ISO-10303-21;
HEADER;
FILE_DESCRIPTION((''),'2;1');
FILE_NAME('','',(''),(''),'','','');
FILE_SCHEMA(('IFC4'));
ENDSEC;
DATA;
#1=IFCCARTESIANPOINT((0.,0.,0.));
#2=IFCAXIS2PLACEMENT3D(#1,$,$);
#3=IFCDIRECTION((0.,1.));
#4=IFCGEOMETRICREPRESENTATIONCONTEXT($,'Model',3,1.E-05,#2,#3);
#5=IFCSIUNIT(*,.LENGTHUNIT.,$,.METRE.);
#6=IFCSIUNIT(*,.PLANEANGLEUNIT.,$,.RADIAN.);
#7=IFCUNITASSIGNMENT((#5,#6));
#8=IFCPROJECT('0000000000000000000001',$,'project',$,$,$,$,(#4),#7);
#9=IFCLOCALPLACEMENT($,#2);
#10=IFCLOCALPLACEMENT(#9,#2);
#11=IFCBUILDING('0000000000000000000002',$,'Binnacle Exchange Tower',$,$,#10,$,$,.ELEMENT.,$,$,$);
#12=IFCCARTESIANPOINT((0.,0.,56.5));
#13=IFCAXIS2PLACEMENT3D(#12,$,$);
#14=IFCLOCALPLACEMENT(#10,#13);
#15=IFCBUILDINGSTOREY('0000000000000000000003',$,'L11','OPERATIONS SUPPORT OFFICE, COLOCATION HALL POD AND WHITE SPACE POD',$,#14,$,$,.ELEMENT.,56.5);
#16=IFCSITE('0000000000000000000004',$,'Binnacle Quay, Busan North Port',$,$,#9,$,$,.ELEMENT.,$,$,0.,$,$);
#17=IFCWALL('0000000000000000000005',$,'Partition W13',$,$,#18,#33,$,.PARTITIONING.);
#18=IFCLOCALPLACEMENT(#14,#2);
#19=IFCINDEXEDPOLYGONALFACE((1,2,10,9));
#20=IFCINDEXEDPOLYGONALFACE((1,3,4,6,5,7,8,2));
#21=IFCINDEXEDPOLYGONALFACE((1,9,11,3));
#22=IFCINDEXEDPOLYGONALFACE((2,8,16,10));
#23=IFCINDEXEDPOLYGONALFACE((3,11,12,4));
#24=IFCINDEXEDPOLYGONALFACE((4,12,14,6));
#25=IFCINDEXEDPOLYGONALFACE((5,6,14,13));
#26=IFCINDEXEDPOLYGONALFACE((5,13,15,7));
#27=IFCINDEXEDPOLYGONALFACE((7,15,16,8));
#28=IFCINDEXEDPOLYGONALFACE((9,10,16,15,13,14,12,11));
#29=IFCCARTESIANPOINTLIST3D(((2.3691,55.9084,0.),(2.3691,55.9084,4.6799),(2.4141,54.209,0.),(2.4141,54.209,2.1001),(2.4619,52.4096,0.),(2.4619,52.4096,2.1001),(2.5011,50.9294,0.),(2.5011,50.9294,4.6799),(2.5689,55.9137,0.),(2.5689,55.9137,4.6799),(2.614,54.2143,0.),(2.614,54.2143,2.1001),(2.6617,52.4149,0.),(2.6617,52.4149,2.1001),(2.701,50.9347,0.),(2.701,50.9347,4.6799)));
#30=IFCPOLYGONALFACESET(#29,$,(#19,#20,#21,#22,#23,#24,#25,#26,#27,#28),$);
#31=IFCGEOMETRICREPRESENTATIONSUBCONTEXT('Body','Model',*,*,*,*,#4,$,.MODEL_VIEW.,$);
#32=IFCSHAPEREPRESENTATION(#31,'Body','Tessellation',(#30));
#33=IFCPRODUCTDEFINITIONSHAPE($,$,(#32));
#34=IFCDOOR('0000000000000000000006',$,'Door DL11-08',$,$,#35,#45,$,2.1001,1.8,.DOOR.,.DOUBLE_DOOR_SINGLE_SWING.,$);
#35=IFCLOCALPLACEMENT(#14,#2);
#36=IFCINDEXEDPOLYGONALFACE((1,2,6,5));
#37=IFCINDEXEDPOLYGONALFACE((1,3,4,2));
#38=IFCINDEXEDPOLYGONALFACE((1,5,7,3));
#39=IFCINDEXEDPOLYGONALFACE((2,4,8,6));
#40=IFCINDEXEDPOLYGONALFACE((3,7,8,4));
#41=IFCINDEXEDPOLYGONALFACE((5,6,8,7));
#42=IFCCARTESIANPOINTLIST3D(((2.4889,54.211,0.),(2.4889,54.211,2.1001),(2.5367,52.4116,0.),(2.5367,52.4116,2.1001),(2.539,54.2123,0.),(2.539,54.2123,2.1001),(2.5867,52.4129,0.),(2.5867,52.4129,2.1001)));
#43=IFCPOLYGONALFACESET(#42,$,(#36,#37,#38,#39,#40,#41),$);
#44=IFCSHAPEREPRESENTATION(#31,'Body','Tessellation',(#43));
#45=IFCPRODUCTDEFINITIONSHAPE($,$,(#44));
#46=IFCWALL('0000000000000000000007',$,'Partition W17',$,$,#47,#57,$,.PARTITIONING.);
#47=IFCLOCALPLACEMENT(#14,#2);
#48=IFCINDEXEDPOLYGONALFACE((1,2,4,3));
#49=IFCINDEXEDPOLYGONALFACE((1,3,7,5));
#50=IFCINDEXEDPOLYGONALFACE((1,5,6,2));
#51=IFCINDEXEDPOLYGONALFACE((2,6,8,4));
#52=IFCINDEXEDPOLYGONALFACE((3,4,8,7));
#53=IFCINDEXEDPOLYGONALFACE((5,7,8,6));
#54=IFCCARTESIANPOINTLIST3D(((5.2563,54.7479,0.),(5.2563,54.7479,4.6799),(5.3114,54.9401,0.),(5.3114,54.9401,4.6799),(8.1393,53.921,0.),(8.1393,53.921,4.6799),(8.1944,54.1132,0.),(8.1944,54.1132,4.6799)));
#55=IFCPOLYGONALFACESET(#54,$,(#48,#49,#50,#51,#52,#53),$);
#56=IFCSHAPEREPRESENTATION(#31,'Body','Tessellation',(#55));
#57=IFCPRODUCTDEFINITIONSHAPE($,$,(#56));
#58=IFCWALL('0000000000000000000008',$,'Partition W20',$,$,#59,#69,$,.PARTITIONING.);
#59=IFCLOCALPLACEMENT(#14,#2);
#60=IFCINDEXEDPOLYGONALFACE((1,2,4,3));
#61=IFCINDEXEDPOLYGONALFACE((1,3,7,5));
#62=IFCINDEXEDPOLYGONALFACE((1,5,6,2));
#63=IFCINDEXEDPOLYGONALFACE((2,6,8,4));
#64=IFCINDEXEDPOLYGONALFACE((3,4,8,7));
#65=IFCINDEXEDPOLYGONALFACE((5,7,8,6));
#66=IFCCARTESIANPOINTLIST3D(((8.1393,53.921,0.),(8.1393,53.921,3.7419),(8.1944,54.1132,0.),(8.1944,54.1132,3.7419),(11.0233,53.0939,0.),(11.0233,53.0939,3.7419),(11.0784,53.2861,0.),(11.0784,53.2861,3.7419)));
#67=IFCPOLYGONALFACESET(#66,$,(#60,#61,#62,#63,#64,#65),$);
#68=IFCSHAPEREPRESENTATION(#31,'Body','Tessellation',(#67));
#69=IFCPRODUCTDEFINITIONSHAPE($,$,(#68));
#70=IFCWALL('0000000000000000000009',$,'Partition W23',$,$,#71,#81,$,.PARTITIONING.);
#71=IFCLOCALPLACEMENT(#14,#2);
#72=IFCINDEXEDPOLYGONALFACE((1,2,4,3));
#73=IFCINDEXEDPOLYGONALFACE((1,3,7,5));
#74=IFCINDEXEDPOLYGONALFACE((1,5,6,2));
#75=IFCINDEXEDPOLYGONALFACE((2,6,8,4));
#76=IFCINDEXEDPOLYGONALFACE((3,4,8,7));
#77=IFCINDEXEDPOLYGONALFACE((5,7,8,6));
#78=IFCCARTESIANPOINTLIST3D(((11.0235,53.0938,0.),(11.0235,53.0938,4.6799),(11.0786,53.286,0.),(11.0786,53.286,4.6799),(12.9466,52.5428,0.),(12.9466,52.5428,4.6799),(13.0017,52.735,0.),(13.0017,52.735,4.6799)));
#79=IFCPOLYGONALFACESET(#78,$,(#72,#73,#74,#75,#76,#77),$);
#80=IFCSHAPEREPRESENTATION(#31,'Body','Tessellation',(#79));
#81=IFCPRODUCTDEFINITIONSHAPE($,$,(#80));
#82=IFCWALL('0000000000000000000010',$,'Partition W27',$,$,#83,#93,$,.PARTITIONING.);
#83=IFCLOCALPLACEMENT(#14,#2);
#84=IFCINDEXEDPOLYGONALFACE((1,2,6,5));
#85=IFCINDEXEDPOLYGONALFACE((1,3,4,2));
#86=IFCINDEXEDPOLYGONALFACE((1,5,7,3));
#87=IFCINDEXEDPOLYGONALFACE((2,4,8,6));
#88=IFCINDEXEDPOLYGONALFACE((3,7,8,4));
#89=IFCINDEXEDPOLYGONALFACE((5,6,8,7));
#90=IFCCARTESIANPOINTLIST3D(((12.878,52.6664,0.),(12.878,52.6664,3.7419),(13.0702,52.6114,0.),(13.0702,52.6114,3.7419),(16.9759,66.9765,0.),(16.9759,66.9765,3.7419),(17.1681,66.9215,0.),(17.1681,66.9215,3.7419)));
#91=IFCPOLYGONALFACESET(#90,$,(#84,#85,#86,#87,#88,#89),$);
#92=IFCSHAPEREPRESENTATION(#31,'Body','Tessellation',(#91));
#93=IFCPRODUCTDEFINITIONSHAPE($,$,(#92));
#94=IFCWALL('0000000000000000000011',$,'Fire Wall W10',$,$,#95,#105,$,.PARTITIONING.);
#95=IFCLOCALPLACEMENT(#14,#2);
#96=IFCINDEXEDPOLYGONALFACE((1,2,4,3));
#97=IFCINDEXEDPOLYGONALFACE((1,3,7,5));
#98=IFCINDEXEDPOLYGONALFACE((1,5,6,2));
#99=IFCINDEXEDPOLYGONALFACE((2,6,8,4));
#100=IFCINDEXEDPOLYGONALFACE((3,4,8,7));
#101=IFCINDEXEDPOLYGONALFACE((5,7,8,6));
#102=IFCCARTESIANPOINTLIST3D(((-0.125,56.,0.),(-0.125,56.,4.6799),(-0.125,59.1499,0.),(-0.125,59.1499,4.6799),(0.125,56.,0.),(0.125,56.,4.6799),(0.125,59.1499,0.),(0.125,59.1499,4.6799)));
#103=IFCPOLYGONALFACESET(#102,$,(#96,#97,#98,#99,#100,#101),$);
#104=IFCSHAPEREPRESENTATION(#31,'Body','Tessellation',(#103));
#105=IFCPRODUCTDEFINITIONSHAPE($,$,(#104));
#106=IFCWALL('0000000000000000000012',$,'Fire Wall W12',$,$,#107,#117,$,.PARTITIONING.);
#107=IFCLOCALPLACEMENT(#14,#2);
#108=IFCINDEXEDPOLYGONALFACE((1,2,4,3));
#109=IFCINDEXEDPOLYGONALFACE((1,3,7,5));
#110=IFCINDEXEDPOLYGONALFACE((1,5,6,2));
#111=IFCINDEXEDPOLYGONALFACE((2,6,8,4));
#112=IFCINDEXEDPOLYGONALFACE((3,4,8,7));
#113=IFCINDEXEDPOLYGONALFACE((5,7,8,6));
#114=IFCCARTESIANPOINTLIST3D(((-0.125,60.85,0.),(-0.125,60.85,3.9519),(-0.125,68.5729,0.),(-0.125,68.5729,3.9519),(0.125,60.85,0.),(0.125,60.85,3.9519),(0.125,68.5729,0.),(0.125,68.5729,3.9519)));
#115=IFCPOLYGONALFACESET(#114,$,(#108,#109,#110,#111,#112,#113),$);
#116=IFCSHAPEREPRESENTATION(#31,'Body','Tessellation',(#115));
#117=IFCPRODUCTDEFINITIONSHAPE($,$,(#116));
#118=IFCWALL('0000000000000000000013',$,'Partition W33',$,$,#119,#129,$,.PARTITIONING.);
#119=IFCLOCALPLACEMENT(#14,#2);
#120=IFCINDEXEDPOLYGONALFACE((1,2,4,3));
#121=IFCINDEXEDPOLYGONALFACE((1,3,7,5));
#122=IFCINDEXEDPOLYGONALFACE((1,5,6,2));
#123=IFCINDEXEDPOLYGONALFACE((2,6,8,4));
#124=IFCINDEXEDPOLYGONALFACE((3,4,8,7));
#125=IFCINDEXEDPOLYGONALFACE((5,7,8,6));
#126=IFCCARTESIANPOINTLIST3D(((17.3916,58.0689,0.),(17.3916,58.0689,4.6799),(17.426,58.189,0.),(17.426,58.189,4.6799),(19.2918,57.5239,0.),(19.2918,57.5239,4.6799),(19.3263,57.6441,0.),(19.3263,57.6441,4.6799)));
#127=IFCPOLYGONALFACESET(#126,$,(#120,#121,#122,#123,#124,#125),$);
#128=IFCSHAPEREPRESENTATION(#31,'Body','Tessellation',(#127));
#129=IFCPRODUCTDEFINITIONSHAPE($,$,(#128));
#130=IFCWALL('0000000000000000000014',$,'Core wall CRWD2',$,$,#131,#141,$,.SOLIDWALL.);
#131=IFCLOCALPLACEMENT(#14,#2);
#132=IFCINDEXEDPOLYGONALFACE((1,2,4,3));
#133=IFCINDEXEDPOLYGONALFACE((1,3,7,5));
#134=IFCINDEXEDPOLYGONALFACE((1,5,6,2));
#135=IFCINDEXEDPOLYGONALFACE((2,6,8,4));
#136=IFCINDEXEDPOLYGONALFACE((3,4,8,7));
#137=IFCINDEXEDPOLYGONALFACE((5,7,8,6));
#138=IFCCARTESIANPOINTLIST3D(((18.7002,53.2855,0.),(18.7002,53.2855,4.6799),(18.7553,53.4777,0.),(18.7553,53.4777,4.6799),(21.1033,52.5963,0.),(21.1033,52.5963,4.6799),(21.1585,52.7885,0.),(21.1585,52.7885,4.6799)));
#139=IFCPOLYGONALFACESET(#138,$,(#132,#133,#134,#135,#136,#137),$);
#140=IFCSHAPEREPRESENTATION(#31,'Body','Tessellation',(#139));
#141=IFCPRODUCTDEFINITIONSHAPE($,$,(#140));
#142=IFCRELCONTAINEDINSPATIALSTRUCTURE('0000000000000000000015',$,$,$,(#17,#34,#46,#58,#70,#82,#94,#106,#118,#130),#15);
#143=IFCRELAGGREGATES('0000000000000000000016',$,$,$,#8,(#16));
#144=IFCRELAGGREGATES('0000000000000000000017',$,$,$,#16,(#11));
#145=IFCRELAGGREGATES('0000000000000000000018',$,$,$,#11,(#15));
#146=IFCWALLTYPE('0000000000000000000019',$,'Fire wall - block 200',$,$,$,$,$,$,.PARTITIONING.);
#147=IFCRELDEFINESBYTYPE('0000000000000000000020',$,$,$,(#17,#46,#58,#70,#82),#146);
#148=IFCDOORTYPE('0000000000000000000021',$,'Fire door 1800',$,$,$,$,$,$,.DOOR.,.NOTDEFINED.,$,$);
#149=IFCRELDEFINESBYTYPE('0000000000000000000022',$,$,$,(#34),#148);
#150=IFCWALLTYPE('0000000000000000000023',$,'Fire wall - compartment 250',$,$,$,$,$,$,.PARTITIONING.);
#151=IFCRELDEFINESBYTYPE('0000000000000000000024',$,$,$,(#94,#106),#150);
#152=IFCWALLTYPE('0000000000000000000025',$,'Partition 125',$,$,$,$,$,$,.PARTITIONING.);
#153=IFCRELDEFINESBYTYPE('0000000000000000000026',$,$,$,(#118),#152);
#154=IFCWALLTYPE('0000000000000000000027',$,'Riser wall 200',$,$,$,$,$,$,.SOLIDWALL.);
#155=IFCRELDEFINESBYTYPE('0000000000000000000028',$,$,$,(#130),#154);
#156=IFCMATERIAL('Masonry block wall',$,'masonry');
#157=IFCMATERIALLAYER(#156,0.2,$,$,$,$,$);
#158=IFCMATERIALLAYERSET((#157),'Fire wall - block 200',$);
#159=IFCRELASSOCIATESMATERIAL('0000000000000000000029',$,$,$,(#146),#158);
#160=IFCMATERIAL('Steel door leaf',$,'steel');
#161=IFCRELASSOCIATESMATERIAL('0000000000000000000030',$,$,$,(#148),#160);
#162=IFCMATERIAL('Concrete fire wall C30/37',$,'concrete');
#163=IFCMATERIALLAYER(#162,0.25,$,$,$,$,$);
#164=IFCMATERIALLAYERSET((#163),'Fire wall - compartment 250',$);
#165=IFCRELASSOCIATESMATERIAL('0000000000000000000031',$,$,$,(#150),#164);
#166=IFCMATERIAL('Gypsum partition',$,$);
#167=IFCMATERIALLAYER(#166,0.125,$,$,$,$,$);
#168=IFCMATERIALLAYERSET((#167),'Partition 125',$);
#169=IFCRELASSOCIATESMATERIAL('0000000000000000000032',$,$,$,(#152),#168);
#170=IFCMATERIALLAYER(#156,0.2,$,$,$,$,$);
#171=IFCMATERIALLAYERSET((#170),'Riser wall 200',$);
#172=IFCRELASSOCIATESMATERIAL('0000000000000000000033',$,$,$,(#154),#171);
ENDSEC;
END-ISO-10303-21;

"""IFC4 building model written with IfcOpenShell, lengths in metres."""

from ifc_helpers import new_model, si_unit, direction, frame, frame_2d, origin, place, context, subcontext, project, spatial, rectangle, extrude, material, layer, layer_set, type_object, element, fill, save


model = new_model("IFC4")

# Units and contexts
model_context = context("Model", 3, precision=1e-05, world=origin(), true_north=direction((0.0, 1.0)))
body_context = subcontext(model_context, "Body", "Model", "MODEL_VIEW")
ifc_project = project(units=[si_unit("LENGTHUNIT", "METRE"), si_unit("PLANEANGLEUNIT", "RADIAN")], contexts=[model_context])

# Site, building, storey
site_placement = place(None, origin())
site = spatial("IfcSite", under=ifc_project, at=site_placement, Name="Binnacle Quay, Busan North Port", CompositionType="ELEMENT", RefElevation=0.0)
building_placement = place(site_placement, origin())
building = spatial("IfcBuilding", under=site, at=building_placement, Name="Binnacle Exchange Tower", CompositionType="ELEMENT")
storey_placement = place(building_placement, frame((0.0, 0.0, 56.5)))
storey = spatial("IfcBuildingStorey", under=building, at=storey_placement, Name="L11", Description="OPERATIONS SUPPORT OFFICE, COLOCATION HALL POD AND WHITE SPACE POD", CompositionType="ELEMENT", Elevation=56.5)

# Shared definitions
ifc_material_1 = material(Name="Masonry block wall", Category="masonry")
ifc_layer_1 = layer(ifc_material_1, 0.2)
ifc_layer_set_1 = layer_set([ifc_layer_1], Name="Fire wall - block 200")
wall_type_1 = type_object("IfcWallType", Name="Fire wall - block 200", PredefinedType="PARTITIONING", material=ifc_layer_set_1)

# Wall, opening, door
wall_1_placement = place(storey_placement, frame((2.469, 55.9109, 0.0), z_axis=(0.0, 0.0, 1.0), x_axis=(0.026518, -0.999648, 0.0)))
wall_1 = element("IfcWall", 1, at=wall_1_placement, inside=storey, type_object=wall_type_1, Name="Partition W13", PredefinedType="PARTITIONING", context=body_context, shape_type="SweptSolid", body=[
    extrude(rectangle(XDim=4.9807, YDim=0.2, at=frame_2d((2.4902, 0.0))), origin(), (0.0, 0.0, 1.0), 4.6799),
])
opening_1_placement = place(wall_1_placement, frame((1.7, 0.0, 0.0)))
opening_1 = element("IfcOpeningElement", 2, at=opening_1_placement, cuts=wall_1, PredefinedType="OPENING", context=body_context, shape_type="SweptSolid", body=[
    extrude(rectangle(XDim=1.8, YDim=2.1001, at=frame_2d((0.8999, 1.05))), frame((0.0, 0.1099, 0.0), z_axis=(0.0, -1.0, 0.0), x_axis=(1.0, 0.0, 0.0)), (0.0, 0.0, 1.0), 0.22),
])
ifc_material_2 = material(Name="Steel door leaf", Category="steel")
door_type = type_object("IfcDoorType", Name="Fire door 1800", OperationType="NOTDEFINED", PredefinedType="DOOR", material=ifc_material_2)
door_placement = place(opening_1_placement, origin())
door = element("IfcDoor", 3, at=door_placement, inside=storey, type_object=door_type, Name="Door DL11-08", OperationType="DOUBLE_DOOR_SINGLE_SWING", OverallHeight=2.1001, OverallWidth=1.8, PredefinedType="DOOR", context=body_context, shape_type="SweptSolid", body=[
    extrude(rectangle(XDim=1.8, YDim=2.1001, at=frame_2d((0.8999, 1.05))), frame((0.0, 0.0249, 0.0), z_axis=(0.0, -1.0, 0.0), x_axis=(1.0, 0.0, 0.0)), (0.0, 0.0, 1.0), 0.05),
])
fill(opening_1, door)

# Walls
wall_2_placement = place(storey_placement, frame((5.2839, 54.844, 0.0), z_axis=(0.0, 0.0, 1.0), x_axis=(0.961244, -0.275699, 0.0)))
element("IfcWall", 4, at=wall_2_placement, inside=storey, type_object=wall_type_1, Name="Partition W17", PredefinedType="PARTITIONING", context=body_context, shape_type="SweptSolid", body=[
    extrude(rectangle(XDim=2.9993, YDim=0.2, at=frame_2d((1.4995, 0.0))), origin(), (0.0, 0.0, 1.0), 4.6799),
])
wall_3_placement = place(storey_placement, frame((8.167, 54.0171, 0.0), z_axis=(0.0, 0.0, 1.0), x_axis=(0.961247, -0.275688, 0.0)))
element("IfcWall", 5, at=wall_3_placement, inside=storey, type_object=wall_type_1, Name="Partition W20", PredefinedType="PARTITIONING", context=body_context, shape_type="SweptSolid", body=[
    extrude(rectangle(XDim=3.0002, YDim=0.2, at=frame_2d((1.5, 0.0))), origin(), (0.0, 0.0, 1.0), 3.7419),
])
wall_4_placement = place(storey_placement, frame((11.051, 53.1899, 0.0), z_axis=(0.0, 0.0, 1.0), x_axis=(0.961316, -0.275446, 0.0)))
element("IfcWall", 6, at=wall_4_placement, inside=storey, type_object=wall_type_1, Name="Partition W23", PredefinedType="PARTITIONING", context=body_context, shape_type="SweptSolid", body=[
    extrude(rectangle(XDim=2.0005, YDim=0.2, at=frame_2d((1.0002, 0.0))), origin(), (0.0, 0.0, 1.0), 4.6799),
])
wall_5_placement = place(storey_placement, frame((12.9741, 52.6389, 0.0), z_axis=(0.0, 0.0, 1.0), x_axis=(0.275299, 0.961359, 0.0)))
element("IfcWall", 7, at=wall_5_placement, inside=storey, type_object=wall_type_1, Name="Partition W27", PredefinedType="PARTITIONING", context=body_context, shape_type="SweptSolid", body=[
    extrude(rectangle(XDim=14.8853, YDim=0.2, at=frame_2d((7.4426, 0.0))), origin(), (0.0, 0.0, 1.0), 3.7419),
])
ifc_material_3 = material(Name="Concrete fire wall C30/37", Category="concrete")
ifc_layer_2 = layer(ifc_material_3, 0.25)
ifc_layer_set_2 = layer_set([ifc_layer_2], Name="Fire wall - compartment 250")
wall_type_2 = type_object("IfcWallType", Name="Fire wall - compartment 250", PredefinedType="PARTITIONING", material=ifc_layer_set_2)
wall_6_placement = place(storey_placement, frame((0.0, 56.0, 0.0), z_axis=(0.0, 0.0, 1.0), x_axis=(0.0, 1.0, 0.0)))
element("IfcWall", 8, at=wall_6_placement, inside=storey, type_object=wall_type_2, Name="Fire Wall W10", PredefinedType="PARTITIONING", context=body_context, shape_type="SweptSolid", body=[
    extrude(rectangle(XDim=3.1499, YDim=0.25, at=frame_2d((1.575, 0.0))), origin(), (0.0, 0.0, 1.0), 4.6799),
])
wall_7_placement = place(storey_placement, frame((0.0, 60.8501, 0.0), z_axis=(0.0, 0.0, 1.0), x_axis=(0.0, 1.0, 0.0)))
element("IfcWall", 9, at=wall_7_placement, inside=storey, type_object=wall_type_2, Name="Fire Wall W12", PredefinedType="PARTITIONING", context=body_context, shape_type="SweptSolid", body=[
    extrude(rectangle(XDim=7.7229, YDim=0.25, at=frame_2d((3.8613, 0.0))), origin(), (0.0, 0.0, 1.0), 3.9519),
])
ifc_material_4 = material(Name="Gypsum partition")
ifc_layer_3 = layer(ifc_material_4, 0.125)
ifc_layer_set_3 = layer_set([ifc_layer_3], Name="Partition 125")
wall_type_3 = type_object("IfcWallType", Name="Partition 125", PredefinedType="PARTITIONING", material=ifc_layer_set_3)
wall_8_placement = place(storey_placement, frame((17.4089, 58.1289, 0.0), z_axis=(0.0, 0.0, 1.0), x_axis=(0.961253, -0.275667, 0.0)))
element("IfcWall", 10, at=wall_8_placement, inside=storey, type_object=wall_type_3, Name="Partition W33", PredefinedType="PARTITIONING", context=body_context, shape_type="SweptSolid", body=[
    extrude(rectangle(XDim=1.9768, YDim=0.125, at=frame_2d((0.9883, 0.0))), origin(), (0.0, 0.0, 1.0), 4.6799),
])
ifc_layer_4 = layer(ifc_material_1, 0.2)
ifc_layer_set_4 = layer_set([ifc_layer_4], Name="Riser wall 200")
wall_type_4 = type_object("IfcWallType", Name="Riser wall 200", PredefinedType="SOLIDWALL", material=ifc_layer_set_4)
wall_9_placement = place(storey_placement, frame((18.7278, 53.3816, 0.0), z_axis=(0.0, 0.0, 1.0), x_axis=(0.961247, -0.275688, 0.0)))
element("IfcWall", 11, at=wall_9_placement, inside=storey, type_object=wall_type_4, Name="Core wall CRWD2", PredefinedType="SOLIDWALL", context=body_context, shape_type="SweptSolid", body=[
    extrude(rectangle(XDim=2.5, YDim=0.2, at=frame_2d((1.25, 0.0))), origin(), (0.0, 0.0, 1.0), 4.6799),
])

save(model, "model.ifc")
